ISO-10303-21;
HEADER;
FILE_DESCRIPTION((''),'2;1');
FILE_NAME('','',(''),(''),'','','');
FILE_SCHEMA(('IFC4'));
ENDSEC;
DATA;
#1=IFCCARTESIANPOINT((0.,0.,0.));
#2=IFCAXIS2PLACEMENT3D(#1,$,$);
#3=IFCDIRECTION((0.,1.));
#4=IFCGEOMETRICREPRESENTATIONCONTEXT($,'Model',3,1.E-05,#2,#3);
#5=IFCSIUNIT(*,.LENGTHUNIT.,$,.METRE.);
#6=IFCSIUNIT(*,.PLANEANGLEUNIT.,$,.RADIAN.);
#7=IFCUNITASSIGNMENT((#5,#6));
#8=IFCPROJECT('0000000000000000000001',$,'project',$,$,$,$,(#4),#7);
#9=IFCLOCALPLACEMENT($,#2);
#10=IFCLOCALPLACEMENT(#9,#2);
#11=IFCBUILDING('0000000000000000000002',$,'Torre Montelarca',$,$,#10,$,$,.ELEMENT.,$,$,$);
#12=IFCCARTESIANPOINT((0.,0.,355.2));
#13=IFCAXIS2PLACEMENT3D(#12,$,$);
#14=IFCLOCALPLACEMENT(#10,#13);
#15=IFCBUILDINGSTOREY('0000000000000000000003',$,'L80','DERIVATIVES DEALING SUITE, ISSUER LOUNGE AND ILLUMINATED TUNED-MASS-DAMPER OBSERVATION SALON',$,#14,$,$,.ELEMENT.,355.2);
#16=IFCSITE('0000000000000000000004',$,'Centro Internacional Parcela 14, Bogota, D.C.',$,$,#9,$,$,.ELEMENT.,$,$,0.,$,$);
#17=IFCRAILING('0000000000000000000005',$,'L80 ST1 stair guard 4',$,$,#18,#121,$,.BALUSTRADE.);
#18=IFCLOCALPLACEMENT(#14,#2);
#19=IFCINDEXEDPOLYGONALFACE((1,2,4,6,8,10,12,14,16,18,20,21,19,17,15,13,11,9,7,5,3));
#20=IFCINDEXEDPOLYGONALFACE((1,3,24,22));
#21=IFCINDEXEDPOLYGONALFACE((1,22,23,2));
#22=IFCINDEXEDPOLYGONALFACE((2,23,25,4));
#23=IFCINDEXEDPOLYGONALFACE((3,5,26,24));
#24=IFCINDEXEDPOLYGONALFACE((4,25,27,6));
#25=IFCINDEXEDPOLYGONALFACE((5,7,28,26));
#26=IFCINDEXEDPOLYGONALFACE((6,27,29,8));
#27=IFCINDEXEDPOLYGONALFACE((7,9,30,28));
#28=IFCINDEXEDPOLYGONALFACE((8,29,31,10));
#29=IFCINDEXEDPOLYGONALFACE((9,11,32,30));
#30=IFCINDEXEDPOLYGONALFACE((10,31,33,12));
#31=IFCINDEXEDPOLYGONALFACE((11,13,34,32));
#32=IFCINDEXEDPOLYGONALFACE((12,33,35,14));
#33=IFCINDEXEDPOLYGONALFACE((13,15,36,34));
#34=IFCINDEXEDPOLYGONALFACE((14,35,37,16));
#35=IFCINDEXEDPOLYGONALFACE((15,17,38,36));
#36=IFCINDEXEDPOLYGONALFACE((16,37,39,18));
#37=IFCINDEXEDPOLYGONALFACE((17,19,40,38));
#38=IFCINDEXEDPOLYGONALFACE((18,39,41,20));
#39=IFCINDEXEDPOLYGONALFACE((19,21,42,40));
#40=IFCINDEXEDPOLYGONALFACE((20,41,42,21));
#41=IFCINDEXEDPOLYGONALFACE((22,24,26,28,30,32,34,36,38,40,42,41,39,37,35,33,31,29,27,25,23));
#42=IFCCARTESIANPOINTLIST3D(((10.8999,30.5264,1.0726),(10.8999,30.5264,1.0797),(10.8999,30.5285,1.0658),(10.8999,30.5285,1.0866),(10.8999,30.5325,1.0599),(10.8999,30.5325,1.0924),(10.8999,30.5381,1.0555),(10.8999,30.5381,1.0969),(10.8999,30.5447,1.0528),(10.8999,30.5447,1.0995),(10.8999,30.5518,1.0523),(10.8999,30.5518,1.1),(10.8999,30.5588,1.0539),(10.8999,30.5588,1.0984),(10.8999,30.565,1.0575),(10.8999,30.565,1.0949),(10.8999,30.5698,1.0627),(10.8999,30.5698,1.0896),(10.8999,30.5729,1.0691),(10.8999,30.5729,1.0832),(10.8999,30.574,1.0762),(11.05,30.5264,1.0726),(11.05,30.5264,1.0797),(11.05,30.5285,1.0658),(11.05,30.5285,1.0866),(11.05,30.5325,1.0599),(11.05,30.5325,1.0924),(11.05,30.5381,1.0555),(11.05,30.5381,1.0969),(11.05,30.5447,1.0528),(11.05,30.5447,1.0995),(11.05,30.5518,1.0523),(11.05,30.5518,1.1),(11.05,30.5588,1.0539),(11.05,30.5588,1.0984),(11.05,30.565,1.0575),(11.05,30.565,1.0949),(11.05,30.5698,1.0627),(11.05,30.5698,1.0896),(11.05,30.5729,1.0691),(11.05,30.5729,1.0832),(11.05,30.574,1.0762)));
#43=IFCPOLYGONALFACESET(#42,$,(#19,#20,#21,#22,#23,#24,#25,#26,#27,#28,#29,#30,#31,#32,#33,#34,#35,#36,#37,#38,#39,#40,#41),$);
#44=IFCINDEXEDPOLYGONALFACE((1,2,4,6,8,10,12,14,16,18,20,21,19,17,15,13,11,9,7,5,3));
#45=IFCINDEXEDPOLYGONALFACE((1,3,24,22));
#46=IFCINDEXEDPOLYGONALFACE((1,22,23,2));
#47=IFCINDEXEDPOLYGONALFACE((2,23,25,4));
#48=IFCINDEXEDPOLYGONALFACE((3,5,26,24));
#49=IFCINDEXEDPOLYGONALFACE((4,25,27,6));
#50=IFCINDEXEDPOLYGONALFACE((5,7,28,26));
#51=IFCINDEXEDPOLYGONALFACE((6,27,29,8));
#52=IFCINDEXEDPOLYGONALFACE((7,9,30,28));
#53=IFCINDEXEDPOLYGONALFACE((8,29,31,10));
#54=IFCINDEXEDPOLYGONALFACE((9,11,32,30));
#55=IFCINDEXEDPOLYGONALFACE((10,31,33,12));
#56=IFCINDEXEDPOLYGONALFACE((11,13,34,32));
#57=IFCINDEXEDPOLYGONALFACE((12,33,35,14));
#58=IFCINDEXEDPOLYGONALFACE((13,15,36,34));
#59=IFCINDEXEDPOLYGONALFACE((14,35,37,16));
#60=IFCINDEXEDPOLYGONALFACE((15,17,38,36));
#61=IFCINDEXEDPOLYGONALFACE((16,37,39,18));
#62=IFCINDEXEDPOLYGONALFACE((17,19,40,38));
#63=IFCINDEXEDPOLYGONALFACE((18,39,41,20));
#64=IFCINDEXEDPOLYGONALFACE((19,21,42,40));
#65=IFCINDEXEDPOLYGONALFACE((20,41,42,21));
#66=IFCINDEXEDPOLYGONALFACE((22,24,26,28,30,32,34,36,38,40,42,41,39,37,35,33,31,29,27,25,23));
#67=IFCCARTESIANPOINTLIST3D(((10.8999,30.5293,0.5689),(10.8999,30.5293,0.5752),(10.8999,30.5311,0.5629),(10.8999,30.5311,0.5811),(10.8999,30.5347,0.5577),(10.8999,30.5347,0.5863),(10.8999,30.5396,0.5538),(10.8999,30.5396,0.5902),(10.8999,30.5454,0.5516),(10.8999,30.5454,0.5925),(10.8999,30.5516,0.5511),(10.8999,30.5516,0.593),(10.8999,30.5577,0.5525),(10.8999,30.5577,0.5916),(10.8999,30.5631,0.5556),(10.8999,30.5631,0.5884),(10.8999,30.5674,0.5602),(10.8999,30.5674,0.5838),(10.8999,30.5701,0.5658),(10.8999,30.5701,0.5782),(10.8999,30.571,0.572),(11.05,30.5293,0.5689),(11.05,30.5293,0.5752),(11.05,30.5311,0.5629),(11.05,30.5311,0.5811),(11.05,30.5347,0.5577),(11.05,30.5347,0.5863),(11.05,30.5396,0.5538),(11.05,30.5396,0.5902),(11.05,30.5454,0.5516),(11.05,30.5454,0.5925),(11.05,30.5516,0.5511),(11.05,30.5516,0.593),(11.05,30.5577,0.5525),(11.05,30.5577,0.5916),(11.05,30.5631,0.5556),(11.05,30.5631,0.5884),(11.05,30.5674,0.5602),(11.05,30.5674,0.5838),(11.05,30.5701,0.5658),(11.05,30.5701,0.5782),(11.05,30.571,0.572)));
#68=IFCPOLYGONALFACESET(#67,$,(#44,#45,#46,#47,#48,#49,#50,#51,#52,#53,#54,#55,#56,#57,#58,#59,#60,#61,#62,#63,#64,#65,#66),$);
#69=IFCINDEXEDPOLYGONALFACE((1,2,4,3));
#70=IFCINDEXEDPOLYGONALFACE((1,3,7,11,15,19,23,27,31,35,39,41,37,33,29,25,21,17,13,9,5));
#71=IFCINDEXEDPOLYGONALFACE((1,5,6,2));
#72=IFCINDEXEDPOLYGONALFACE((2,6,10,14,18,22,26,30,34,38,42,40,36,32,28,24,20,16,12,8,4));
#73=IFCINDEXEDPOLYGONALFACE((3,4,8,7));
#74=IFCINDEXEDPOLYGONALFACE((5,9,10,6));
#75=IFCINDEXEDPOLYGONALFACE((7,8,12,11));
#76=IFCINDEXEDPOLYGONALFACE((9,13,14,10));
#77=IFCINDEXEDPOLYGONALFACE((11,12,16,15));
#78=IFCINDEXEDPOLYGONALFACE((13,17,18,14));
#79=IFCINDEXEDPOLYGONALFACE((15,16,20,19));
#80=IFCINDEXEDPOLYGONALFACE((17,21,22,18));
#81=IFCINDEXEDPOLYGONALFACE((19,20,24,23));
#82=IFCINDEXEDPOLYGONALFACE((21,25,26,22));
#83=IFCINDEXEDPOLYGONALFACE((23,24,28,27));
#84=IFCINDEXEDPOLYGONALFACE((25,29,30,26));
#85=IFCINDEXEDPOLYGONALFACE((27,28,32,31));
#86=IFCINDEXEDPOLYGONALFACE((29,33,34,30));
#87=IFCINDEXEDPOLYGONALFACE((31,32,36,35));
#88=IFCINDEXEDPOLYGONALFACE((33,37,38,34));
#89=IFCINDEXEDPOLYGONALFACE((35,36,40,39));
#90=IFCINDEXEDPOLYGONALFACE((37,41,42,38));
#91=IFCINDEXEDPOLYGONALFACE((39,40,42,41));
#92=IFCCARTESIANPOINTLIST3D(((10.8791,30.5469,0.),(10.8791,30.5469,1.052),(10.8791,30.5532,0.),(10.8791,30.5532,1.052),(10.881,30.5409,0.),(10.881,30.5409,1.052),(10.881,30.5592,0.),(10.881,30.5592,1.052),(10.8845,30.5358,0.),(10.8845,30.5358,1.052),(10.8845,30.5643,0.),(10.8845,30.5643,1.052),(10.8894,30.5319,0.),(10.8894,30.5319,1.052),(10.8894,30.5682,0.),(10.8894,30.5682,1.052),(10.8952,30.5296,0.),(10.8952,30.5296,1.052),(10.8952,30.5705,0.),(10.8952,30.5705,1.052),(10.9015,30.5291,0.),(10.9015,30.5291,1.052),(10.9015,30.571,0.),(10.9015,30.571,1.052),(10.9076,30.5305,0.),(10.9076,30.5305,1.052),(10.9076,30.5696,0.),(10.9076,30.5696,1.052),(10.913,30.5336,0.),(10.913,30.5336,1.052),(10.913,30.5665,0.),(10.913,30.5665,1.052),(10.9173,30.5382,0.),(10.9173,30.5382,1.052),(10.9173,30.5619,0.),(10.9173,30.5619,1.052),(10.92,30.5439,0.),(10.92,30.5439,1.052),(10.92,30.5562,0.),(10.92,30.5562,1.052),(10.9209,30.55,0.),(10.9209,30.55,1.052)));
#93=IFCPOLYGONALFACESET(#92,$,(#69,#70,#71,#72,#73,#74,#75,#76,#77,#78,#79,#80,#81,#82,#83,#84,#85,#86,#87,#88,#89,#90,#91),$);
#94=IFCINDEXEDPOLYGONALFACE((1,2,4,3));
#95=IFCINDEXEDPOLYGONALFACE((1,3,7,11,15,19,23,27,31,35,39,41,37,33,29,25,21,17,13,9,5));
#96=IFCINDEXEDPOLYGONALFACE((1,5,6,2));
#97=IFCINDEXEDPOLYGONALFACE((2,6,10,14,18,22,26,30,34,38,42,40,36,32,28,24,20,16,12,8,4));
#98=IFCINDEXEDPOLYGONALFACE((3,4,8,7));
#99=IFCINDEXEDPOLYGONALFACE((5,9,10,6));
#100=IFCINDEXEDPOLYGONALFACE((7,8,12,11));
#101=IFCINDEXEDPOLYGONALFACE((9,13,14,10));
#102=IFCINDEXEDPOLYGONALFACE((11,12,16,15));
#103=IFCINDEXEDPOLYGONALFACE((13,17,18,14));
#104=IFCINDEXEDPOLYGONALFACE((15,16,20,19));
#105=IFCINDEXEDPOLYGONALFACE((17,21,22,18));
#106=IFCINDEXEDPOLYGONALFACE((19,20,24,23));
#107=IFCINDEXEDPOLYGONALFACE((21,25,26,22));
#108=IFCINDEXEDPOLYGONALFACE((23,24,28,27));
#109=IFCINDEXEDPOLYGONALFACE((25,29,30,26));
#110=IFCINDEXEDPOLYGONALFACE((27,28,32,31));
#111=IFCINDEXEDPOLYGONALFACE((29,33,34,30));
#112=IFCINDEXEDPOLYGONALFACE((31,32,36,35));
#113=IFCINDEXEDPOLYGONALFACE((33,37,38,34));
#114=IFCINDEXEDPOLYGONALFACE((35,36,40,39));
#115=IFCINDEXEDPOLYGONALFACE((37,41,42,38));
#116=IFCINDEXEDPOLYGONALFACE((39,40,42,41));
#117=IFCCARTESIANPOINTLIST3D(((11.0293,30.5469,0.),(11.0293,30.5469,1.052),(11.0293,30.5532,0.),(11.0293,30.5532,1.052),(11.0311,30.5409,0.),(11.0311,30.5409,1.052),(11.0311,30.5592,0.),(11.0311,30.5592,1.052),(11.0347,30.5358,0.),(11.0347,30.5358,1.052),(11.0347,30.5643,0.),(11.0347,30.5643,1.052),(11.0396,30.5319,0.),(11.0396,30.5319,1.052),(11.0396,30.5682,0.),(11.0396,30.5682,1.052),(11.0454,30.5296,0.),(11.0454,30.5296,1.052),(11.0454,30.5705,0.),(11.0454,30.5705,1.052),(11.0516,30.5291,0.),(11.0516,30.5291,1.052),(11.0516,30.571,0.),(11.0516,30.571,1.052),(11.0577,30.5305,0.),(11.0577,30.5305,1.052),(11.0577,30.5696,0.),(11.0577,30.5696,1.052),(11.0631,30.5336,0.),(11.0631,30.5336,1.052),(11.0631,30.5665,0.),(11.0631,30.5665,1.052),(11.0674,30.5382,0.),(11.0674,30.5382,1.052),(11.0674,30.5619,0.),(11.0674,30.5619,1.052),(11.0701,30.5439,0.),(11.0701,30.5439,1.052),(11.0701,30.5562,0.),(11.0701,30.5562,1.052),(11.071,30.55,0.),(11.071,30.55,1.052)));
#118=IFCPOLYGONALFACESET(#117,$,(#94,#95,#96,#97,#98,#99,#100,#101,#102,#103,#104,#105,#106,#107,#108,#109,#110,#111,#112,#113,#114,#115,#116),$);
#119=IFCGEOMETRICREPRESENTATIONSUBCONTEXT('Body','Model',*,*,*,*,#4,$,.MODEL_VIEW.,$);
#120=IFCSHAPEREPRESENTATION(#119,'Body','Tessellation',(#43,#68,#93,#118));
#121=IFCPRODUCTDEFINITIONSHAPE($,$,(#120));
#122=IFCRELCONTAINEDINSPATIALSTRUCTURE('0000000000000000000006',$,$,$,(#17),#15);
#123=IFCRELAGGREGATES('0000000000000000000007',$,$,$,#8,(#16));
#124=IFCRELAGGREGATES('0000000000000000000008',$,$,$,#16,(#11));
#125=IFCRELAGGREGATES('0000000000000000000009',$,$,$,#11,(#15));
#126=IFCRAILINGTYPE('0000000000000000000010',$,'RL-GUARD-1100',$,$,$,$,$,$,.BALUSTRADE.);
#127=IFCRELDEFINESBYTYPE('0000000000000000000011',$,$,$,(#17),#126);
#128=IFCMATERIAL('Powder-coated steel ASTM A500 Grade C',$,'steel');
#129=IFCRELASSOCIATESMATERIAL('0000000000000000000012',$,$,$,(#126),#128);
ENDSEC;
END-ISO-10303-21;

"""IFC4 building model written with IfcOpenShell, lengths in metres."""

from ifc_helpers import new_model, si_unit, direction, frame, origin, origin_2d, place, context, subcontext, project, spatial, circle, extrude, material, type_object, element, save


model = new_model("IFC4")

# Units and contexts
model_context = context("Model", 3, precision=1e-05, world=origin(), true_north=direction((0.0, 1.0)))
body_context = subcontext(model_context, "Body", "Model", "MODEL_VIEW")
ifc_project = project(units=[si_unit("LENGTHUNIT", "METRE"), si_unit("PLANEANGLEUNIT", "RADIAN")], contexts=[model_context])

# Site, building, storey
site_placement = place(None, origin())
site = spatial("IfcSite", under=ifc_project, at=site_placement, Name="Centro Internacional Parcela 14, Bogota, D.C.", CompositionType="ELEMENT", RefElevation=0.0)
building_placement = place(site_placement, origin())
building = spatial("IfcBuilding", under=site, at=building_placement, Name="Torre Montelarca", CompositionType="ELEMENT")
storey_placement = place(building_placement, frame((0.0, 0.0, 355.2)))
storey = spatial("IfcBuildingStorey", under=building, at=storey_placement, Name="L80", Description="DERIVATIVES DEALING SUITE, ISSUER LOUNGE AND ILLUMINATED TUNED-MASS-DAMPER OBSERVATION SALON", CompositionType="ELEMENT", Elevation=355.2)

# Railing
ifc_material_1 = material(Name="Powder-coated steel ASTM A500 Grade C", Category="steel")
railing_type_1 = type_object("IfcRailingType", Name="RL-GUARD-1100", PredefinedType="BALUSTRADE", material=ifc_material_1)
railing_1_placement = place(storey_placement, frame((10.8999, 30.55, 0.0)))
element("IfcRailing", 1, at=railing_1_placement, inside=storey, type_object=railing_type_1, Name="L80 ST1 stair guard 4", PredefinedType="BALUSTRADE", context=body_context, shape_type="SweptSolid", body=[
    extrude(circle(Radius=0.0239, at=origin_2d()), frame((0.0, 0.0, 1.0762), z_axis=(1.0, 0.0, 0.0), x_axis=(0.0, 1.0, 0.0)), (0.0, 0.0, 1.0), 0.1501),
    extrude(circle(Radius=0.021, at=origin_2d()), frame((0.0, 0.0, 0.572), z_axis=(1.0, 0.0, 0.0), x_axis=(0.0, 1.0, 0.0)), (0.0, 0.0, 1.0), 0.1501),
    extrude(circle(Radius=0.021, at=origin_2d()), origin(), (0.0, 0.0, 1.0), 1.052),
    extrude(circle(Radius=0.021, at=origin_2d()), frame((0.1501, 0.0, 0.0)), (0.0, 0.0, 1.0), 1.052),
])

save(model, "model.ifc")
